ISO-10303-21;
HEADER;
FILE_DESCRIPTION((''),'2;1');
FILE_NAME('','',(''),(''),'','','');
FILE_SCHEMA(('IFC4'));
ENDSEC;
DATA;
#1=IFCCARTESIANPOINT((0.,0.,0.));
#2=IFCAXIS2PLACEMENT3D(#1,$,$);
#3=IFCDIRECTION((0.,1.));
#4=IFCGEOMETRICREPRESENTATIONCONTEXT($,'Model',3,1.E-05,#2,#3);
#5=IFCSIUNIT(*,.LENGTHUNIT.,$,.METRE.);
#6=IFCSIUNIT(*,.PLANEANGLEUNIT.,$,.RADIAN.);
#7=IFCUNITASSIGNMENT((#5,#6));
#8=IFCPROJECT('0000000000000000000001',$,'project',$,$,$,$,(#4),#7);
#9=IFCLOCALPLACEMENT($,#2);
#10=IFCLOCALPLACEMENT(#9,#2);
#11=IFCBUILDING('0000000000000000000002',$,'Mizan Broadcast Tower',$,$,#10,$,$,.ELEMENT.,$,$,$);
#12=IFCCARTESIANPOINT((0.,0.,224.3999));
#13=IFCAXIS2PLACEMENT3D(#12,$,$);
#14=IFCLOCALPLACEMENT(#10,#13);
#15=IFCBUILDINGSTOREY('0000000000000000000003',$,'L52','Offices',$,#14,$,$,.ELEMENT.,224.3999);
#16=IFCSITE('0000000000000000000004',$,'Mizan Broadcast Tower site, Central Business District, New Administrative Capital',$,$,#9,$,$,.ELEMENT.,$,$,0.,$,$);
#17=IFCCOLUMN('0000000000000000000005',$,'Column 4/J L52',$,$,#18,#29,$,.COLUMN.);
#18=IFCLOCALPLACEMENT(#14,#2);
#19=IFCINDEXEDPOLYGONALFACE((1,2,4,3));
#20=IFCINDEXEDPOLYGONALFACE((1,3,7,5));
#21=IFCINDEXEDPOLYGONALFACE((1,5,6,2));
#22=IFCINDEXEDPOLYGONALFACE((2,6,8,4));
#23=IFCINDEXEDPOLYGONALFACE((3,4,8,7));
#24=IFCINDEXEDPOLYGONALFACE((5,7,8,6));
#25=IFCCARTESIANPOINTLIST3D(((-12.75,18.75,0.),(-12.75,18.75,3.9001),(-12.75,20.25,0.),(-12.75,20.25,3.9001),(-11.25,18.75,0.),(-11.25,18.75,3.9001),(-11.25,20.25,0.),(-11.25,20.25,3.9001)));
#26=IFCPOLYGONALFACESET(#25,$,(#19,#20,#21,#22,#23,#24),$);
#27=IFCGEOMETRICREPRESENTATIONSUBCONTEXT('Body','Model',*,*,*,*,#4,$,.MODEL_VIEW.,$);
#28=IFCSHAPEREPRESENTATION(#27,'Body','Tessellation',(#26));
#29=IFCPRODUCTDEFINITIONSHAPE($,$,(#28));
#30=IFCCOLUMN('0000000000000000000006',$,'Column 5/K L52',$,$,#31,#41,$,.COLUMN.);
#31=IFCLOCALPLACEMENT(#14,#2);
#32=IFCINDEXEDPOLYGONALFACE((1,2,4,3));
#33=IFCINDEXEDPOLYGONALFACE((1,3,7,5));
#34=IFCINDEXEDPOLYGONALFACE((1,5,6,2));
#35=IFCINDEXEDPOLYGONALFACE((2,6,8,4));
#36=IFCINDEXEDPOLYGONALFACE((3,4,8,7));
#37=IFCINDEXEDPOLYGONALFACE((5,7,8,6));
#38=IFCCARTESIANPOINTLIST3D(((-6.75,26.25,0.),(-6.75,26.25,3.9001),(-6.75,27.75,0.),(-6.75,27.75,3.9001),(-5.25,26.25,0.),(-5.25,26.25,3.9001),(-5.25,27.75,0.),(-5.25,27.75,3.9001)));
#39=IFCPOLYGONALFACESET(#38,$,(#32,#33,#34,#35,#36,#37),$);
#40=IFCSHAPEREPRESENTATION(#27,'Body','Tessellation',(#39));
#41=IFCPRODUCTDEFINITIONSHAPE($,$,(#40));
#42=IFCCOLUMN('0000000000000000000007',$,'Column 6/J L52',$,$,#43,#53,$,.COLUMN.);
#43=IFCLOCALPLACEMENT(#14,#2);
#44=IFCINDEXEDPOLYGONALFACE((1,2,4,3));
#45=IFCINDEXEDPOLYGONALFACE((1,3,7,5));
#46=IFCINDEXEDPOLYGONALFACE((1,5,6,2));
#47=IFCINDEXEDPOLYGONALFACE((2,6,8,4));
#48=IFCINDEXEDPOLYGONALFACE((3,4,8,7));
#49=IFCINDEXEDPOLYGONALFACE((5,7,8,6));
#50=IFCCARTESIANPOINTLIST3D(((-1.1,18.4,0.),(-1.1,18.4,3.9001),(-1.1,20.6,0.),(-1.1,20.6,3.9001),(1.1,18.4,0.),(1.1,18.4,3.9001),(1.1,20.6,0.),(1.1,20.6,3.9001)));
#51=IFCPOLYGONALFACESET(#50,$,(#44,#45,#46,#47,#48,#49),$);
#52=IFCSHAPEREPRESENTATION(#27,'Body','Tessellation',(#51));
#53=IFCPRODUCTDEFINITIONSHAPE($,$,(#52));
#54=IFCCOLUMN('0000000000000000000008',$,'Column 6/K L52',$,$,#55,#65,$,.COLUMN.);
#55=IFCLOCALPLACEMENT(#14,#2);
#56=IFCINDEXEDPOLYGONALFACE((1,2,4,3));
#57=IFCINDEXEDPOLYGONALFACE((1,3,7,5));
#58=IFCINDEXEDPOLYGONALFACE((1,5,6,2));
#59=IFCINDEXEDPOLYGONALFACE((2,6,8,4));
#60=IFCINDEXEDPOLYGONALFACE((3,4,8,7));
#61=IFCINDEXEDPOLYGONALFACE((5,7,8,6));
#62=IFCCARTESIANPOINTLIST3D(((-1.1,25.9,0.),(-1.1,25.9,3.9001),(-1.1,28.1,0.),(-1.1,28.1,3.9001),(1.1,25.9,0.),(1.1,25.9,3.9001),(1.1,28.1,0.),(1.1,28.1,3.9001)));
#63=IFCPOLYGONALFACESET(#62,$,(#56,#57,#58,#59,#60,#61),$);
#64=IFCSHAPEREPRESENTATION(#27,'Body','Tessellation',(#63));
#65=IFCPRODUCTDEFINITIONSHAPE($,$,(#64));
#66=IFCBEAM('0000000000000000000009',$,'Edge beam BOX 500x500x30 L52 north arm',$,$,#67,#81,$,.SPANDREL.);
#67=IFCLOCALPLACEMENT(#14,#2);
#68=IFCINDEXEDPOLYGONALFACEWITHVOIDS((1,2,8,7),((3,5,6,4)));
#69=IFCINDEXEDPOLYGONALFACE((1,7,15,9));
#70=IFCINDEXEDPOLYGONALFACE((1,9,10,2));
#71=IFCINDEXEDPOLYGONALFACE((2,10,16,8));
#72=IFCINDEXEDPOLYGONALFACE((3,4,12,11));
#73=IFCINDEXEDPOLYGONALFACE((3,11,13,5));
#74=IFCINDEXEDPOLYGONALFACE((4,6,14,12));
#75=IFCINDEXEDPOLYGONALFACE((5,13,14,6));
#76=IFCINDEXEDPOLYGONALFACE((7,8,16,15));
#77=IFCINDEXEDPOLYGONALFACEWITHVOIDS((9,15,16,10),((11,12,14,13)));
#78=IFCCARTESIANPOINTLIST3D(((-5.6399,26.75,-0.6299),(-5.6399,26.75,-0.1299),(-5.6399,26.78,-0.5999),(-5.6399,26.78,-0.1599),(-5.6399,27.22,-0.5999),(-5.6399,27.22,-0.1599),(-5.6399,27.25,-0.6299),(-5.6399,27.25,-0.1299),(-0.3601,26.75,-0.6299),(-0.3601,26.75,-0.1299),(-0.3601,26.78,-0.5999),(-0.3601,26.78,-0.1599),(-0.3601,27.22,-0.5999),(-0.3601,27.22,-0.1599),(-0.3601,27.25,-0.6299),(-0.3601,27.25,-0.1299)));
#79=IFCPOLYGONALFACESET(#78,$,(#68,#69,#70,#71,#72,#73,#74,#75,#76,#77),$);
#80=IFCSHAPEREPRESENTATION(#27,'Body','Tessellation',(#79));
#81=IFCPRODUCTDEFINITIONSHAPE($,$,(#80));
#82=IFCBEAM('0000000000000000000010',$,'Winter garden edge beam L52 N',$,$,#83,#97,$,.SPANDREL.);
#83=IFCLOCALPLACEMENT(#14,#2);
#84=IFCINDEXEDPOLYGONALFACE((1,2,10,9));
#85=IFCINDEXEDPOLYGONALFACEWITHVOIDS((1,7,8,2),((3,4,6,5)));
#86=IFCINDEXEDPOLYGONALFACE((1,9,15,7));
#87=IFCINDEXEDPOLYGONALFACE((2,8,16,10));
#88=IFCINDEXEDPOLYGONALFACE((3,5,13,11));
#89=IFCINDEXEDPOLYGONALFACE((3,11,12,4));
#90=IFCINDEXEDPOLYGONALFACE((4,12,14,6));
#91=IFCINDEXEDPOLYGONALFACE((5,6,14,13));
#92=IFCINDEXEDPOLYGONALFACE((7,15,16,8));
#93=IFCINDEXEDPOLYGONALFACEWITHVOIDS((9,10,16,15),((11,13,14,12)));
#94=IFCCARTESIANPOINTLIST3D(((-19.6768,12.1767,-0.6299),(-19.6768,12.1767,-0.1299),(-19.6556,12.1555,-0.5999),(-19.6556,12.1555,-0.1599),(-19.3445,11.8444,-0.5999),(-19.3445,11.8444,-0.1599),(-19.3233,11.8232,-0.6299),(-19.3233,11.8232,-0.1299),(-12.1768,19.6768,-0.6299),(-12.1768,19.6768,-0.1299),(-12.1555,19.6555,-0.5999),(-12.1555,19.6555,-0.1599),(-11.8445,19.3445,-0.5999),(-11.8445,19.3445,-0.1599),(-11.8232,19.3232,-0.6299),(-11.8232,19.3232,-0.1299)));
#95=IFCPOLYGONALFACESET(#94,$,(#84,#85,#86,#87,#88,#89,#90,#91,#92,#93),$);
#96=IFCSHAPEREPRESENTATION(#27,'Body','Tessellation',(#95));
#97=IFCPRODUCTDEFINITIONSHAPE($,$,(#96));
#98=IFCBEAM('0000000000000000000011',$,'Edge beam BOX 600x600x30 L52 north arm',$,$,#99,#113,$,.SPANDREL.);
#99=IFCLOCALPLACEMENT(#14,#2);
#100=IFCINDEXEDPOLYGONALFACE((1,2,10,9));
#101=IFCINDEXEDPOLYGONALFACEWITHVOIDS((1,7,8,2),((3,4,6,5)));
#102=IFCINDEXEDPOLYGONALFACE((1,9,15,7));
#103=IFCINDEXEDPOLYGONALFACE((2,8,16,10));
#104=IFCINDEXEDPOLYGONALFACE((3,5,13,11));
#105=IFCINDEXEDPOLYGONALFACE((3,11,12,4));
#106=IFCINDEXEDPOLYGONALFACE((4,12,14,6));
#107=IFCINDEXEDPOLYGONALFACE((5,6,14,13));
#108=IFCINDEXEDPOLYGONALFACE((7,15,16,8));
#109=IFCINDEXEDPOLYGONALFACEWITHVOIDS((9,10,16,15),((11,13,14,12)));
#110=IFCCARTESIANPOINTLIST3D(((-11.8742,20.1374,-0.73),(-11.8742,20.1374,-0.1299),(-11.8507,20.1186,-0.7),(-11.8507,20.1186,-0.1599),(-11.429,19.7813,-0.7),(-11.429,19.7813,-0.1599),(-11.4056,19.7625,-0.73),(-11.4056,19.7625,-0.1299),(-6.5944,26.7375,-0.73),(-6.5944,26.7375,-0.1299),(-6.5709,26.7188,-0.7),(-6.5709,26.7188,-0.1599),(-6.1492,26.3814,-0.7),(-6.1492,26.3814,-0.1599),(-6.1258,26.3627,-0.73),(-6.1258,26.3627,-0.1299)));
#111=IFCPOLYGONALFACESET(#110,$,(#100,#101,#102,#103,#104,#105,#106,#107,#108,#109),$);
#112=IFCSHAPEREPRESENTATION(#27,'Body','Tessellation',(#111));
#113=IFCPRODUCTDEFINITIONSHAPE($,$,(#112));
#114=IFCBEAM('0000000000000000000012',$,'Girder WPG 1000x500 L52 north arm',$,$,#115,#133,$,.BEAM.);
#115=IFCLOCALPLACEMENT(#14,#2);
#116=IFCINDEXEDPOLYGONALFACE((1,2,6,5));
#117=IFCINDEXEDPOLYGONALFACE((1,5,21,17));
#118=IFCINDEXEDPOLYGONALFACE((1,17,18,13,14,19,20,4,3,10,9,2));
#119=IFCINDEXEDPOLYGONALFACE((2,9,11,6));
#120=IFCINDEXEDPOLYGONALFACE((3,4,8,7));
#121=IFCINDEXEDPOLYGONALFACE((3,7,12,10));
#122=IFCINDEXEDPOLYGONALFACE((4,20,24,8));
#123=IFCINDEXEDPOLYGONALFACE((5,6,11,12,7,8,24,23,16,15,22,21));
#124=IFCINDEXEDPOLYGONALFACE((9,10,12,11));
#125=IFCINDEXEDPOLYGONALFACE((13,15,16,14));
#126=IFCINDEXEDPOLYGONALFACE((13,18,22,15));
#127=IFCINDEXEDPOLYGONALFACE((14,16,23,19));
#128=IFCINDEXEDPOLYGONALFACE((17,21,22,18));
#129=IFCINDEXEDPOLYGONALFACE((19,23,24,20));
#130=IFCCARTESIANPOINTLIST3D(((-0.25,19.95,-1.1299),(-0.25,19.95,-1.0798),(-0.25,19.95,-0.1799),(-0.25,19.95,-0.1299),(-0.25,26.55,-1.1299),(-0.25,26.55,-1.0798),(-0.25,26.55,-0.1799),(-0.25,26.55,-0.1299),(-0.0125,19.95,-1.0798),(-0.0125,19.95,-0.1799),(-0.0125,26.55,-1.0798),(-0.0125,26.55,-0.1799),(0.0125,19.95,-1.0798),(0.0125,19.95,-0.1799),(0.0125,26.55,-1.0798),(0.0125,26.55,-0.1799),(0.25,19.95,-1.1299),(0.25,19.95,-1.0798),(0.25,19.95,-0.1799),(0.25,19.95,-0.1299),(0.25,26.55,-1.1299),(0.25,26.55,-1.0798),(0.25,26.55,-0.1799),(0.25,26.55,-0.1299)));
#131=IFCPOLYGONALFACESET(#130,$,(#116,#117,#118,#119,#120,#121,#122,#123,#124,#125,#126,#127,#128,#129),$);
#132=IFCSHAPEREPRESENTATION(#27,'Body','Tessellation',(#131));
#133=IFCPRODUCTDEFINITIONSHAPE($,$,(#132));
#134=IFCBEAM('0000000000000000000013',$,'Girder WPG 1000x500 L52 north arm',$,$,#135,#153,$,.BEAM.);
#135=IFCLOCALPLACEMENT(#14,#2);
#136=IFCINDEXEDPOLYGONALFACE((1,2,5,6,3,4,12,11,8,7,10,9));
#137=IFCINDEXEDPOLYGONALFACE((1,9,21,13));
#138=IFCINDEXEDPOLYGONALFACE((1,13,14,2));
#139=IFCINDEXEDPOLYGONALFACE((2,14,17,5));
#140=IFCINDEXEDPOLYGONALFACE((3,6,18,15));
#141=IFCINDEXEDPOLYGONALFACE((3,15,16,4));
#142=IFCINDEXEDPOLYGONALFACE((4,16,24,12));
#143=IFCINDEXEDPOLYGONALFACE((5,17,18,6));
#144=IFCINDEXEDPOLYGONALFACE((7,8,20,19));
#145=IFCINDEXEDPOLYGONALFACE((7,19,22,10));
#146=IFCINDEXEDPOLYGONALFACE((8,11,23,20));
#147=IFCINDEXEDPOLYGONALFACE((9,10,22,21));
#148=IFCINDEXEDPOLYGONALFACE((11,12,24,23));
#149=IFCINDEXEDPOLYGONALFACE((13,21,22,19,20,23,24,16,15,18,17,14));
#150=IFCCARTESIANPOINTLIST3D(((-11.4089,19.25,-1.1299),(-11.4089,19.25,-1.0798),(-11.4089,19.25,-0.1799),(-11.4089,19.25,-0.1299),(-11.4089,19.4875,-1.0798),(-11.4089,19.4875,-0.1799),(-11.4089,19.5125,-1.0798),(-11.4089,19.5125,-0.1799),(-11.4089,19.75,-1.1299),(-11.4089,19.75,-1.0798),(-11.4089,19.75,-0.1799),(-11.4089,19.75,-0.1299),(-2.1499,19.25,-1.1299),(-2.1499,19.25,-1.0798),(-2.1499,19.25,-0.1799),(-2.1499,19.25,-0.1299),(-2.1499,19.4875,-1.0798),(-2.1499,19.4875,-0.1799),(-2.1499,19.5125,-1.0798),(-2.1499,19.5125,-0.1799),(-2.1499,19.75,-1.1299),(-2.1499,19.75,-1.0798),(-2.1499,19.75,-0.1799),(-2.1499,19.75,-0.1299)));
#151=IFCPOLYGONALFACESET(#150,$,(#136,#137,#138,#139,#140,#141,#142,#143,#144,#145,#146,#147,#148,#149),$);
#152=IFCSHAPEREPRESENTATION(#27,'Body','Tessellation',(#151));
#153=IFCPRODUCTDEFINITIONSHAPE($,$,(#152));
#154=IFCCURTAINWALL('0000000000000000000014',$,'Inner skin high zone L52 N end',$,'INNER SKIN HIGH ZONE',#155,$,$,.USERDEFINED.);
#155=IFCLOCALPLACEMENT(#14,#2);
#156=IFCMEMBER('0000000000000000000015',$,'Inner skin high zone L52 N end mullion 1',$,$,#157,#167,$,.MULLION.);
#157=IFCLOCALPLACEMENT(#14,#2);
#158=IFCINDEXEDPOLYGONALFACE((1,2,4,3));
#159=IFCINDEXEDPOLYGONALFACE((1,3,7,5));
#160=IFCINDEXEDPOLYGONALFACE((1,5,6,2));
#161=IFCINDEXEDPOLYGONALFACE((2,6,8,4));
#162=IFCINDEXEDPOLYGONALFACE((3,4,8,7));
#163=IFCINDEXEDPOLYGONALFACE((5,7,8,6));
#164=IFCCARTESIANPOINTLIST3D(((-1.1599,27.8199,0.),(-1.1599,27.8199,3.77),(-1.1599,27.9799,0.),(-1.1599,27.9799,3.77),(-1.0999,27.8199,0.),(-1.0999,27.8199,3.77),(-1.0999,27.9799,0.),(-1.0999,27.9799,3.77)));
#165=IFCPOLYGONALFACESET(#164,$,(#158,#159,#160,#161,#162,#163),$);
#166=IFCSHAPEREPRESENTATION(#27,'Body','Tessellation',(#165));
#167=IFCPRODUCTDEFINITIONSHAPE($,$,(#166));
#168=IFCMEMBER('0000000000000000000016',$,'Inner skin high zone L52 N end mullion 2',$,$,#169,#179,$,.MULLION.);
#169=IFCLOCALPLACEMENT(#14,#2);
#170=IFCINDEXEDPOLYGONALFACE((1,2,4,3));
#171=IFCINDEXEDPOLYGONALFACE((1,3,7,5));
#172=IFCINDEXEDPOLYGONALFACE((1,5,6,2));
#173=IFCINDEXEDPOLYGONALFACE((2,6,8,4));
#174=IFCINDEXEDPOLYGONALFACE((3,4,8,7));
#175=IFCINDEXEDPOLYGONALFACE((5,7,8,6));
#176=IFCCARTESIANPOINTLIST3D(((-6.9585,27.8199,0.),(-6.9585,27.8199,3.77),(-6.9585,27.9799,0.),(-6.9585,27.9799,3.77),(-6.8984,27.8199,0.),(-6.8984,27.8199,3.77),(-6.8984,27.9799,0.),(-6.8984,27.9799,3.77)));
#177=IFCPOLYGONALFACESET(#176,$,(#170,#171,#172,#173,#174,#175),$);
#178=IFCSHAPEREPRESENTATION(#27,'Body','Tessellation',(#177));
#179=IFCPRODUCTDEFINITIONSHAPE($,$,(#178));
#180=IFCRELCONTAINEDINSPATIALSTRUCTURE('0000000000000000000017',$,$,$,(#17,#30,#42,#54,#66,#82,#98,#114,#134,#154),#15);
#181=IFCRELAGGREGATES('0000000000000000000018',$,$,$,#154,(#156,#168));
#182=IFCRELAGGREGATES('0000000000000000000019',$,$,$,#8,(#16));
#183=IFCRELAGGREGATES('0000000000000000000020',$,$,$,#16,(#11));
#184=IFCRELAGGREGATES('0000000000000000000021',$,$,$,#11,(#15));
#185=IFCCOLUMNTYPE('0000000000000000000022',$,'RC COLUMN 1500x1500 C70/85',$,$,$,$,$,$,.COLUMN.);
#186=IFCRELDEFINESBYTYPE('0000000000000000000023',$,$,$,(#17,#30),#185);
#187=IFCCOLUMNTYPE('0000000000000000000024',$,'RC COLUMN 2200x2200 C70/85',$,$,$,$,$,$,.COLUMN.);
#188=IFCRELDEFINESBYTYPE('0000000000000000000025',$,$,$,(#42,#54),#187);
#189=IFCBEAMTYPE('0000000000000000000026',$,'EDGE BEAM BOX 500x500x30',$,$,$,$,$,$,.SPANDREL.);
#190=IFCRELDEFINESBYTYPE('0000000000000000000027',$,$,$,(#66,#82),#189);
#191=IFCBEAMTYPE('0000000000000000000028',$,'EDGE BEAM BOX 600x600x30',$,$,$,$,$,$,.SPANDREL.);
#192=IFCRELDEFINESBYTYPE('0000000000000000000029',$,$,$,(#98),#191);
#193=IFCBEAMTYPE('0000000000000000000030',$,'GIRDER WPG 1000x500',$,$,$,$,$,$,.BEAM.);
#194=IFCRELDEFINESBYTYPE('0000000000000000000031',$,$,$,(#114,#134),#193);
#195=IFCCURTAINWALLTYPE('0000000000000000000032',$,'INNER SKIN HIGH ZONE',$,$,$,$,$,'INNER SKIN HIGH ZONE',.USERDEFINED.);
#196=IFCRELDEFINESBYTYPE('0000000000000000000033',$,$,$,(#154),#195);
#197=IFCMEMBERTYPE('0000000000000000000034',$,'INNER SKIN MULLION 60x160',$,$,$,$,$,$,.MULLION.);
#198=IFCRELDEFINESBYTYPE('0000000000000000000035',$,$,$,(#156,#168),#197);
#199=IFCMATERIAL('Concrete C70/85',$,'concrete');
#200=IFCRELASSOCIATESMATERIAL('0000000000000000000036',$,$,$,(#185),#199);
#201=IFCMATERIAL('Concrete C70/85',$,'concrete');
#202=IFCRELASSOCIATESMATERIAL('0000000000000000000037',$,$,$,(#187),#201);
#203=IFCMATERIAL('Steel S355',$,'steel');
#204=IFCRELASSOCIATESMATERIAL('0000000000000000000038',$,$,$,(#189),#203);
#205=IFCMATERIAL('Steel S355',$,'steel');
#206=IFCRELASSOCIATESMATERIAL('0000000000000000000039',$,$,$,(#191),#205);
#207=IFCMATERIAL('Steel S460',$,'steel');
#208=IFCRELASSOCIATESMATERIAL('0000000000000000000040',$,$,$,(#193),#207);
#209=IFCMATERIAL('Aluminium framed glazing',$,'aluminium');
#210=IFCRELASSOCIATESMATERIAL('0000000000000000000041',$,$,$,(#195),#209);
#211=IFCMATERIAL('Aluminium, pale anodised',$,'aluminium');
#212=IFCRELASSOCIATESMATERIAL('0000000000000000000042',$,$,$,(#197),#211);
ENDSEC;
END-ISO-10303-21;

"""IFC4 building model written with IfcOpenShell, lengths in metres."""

from ifc_helpers import new_model, si_unit, direction, frame, origin, origin_2d, place, context, subcontext, project, spatial, rectangle, hollow_rectangle, i_section, extrude, material, material_profile, profile_set, type_object, element, aggregate, save


model = new_model("IFC4")

# Units and contexts
model_context = context("Model", 3, precision=1e-05, world=origin(), true_north=direction((0.0, 1.0)))
body_context = subcontext(model_context, "Body", "Model", "MODEL_VIEW")
ifc_project = project(units=[si_unit("LENGTHUNIT", "METRE"), si_unit("PLANEANGLEUNIT", "RADIAN")], contexts=[model_context])

# Site, building, storey
site_placement = place(None, origin())
site = spatial("IfcSite", under=ifc_project, at=site_placement, Name="Mizan Broadcast Tower site, Central Business District, New Administrative Capital", CompositionType="ELEMENT", RefElevation=0.0)
building_placement = place(site_placement, origin())
building = spatial("IfcBuilding", under=site, at=building_placement, Name="Mizan Broadcast Tower", CompositionType="ELEMENT")
storey_placement = place(building_placement, frame((0.0, 0.0, 224.3999)))
storey = spatial("IfcBuildingStorey", under=building, at=storey_placement, Name="L52", Description="Offices", CompositionType="ELEMENT", Elevation=224.3999)

# Columns
ifc_material_1 = material(Name="Concrete C70/85", Category="concrete")
ifc_material_profile_1 = material_profile(ifc_material_1, rectangle(XDim=1.5, YDim=1.5, at=origin_2d()), Name="RC 1500x1500")
ifc_profile_set_1 = profile_set([ifc_material_profile_1], Name="Concrete C70/85")
column_type_1 = type_object("IfcColumnType", Name="RC COLUMN 1500x1500 C70/85", PredefinedType="COLUMN", material=ifc_profile_set_1)
for number, where, z_axis, x_axis, name in (
    (1, (-12.0, 19.5, 0.0), (0.0, 0.0, 1.0), (1.0, 0.0, 0.0), "Column 4/J L52"),
    (2, (-6.0, 27.0, 0.0), (0.0, 0.0, 1.0), (1.0, 0.0, 0.0), "Column 5/K L52"),
):
    element("IfcColumn", number, at=place(storey_placement, frame(where, z_axis=z_axis, x_axis=x_axis)), inside=storey, type_object=column_type_1, Name=name, PredefinedType="COLUMN", context=body_context, shape_type="SweptSolid", body=[
        extrude(rectangle(XDim=1.5, YDim=1.5, at=origin_2d()), origin(), (0.0, 0.0, 1.0), 3.9001),
    ])
ifc_material_2 = material(Name="Concrete C70/85", Category="concrete")
ifc_material_profile_2 = material_profile(ifc_material_2, rectangle(XDim=2.2, YDim=2.2, at=origin_2d()), Name="RC 2200x2200")
ifc_profile_set_2 = profile_set([ifc_material_profile_2], Name="Concrete C70/85")
column_type_2 = type_object("IfcColumnType", Name="RC COLUMN 2200x2200 C70/85", PredefinedType="COLUMN", material=ifc_profile_set_2)
for number, where, z_axis, x_axis, name in (
    (3, (0.0, 19.5, 0.0), (0.0, 0.0, 1.0), (1.0, 0.0, 0.0), "Column 6/J L52"),
    (4, (0.0, 27.0, 0.0), (0.0, 0.0, 1.0), (1.0, 0.0, 0.0), "Column 6/K L52"),
):
    element("IfcColumn", number, at=place(storey_placement, frame(where, z_axis=z_axis, x_axis=x_axis)), inside=storey, type_object=column_type_2, Name=name, PredefinedType="COLUMN", context=body_context, shape_type="SweptSolid", body=[
        extrude(rectangle(XDim=2.2, YDim=2.2, at=origin_2d()), origin(), (0.0, 0.0, 1.0), 3.9001),
    ])

# Beams
ifc_material_3 = material(Name="Steel S355", Category="steel")
ifc_material_profile_3 = material_profile(ifc_material_3, hollow_rectangle(XDim=0.5, YDim=0.5, WallThickness=0.03, at=origin_2d()), Name="BOX 500x500x30")
ifc_profile_set_3 = profile_set([ifc_material_profile_3], Name="Steel S355")
beam_type_1 = type_object("IfcBeamType", Name="EDGE BEAM BOX 500x500x30", PredefinedType="SPANDREL", material=ifc_profile_set_3)
beam_1_placement = place(storey_placement, frame((-5.6399, 27.0, -0.3799), z_axis=(1.0, 0.0, 0.0), x_axis=(0.0, 1.0, 0.0)))
element("IfcBeam", 5, at=beam_1_placement, inside=storey, type_object=beam_type_1, Name="Edge beam BOX 500x500x30 L52 north arm", PredefinedType="SPANDREL", context=body_context, shape_type="SweptSolid", body=[
    extrude(hollow_rectangle(XDim=0.5, YDim=0.5, WallThickness=0.03, at=origin_2d()), origin(), (0.0, 0.0, 1.0), 5.2798),
])
beam_2_placement = place(storey_placement, frame((-12.0, 19.5, -0.3799), z_axis=(-0.707107, -0.707107, 0.0), x_axis=(0.707107, -0.707107, 0.0)))
element("IfcBeam", 6, at=beam_2_placement, inside=storey, type_object=beam_type_1, Name="Winter garden edge beam L52 N", PredefinedType="SPANDREL", context=body_context, shape_type="SweptSolid", body=[
    extrude(hollow_rectangle(XDim=0.5, YDim=0.5, WallThickness=0.03, at=origin_2d()), origin(), (0.0, 0.0, 1.0), 10.6067),
])
ifc_material_4 = material(Name="Steel S355", Category="steel")
ifc_material_profile_4 = material_profile(ifc_material_4, hollow_rectangle(XDim=0.6001, YDim=0.6001, WallThickness=0.03, at=origin_2d()), Name="BOX 600x600x30")
ifc_profile_set_4 = profile_set([ifc_material_profile_4], Name="Steel S355")
beam_type_2 = type_object("IfcBeamType", Name="EDGE BEAM BOX 600x600x30", PredefinedType="SPANDREL", material=ifc_profile_set_4)
beam_3_placement = place(storey_placement, frame((-11.6399, 19.95, -0.4299), z_axis=(0.624674, 0.780886, 0.0), x_axis=(-0.780886, 0.624674, 0.0)))
element("IfcBeam", 7, at=beam_3_placement, inside=storey, type_object=beam_type_2, Name="Edge beam BOX 600x600x30 L52 north arm", PredefinedType="SPANDREL", context=body_context, shape_type="SweptSolid", body=[
    extrude(hollow_rectangle(XDim=0.6001, YDim=0.6001, WallThickness=0.03, at=origin_2d()), origin(), (0.0, 0.0, 1.0), 8.4521),
])
ifc_material_5 = material(Name="Steel S460", Category="steel")
ifc_material_profile_5 = material_profile(ifc_material_5, i_section(OverallWidth=0.5, OverallDepth=1.0, WebThickness=0.0249, FlangeThickness=0.05, at=origin_2d()), Name="WPG 1000x500")
ifc_profile_set_5 = profile_set([ifc_material_profile_5], Name="Steel S460")
beam_type_3 = type_object("IfcBeamType", Name="GIRDER WPG 1000x500", PredefinedType="BEAM", material=ifc_profile_set_5)
beam_4_placement = place(storey_placement, frame((0.0, 19.95, -0.6299), z_axis=(0.0, 1.0, 0.0), x_axis=(-1.0, 0.0, 0.0)))
element("IfcBeam", 8, at=beam_4_placement, inside=storey, type_object=beam_type_3, Name="Girder WPG 1000x500 L52 north arm", PredefinedType="BEAM", context=body_context, shape_type="SweptSolid", body=[
    extrude(i_section(OverallWidth=0.5, OverallDepth=1.0, WebThickness=0.0249, FlangeThickness=0.05, at=origin_2d()), origin(), (0.0, 0.0, 1.0), 6.6001),
])
beam_5_placement = place(storey_placement, frame((-11.4089, 19.5, -0.6299), z_axis=(1.0, 0.0, 0.0), x_axis=(0.0, 1.0, 0.0)))
element("IfcBeam", 9, at=beam_5_placement, inside=storey, type_object=beam_type_3, Name="Girder WPG 1000x500 L52 north arm", PredefinedType="BEAM", context=body_context, shape_type="SweptSolid", body=[
    extrude(i_section(OverallWidth=0.5, OverallDepth=1.0, WebThickness=0.0249, FlangeThickness=0.05, at=origin_2d()), origin(), (0.0, 0.0, 1.0), 9.259),
])

# Curtain wall, members
ifc_material_6 = material(Name="Aluminium framed glazing", Category="aluminium")
curtain_wall_type_1 = type_object("IfcCurtainWallType", Name="INNER SKIN HIGH ZONE", ElementType="INNER SKIN HIGH ZONE", PredefinedType="USERDEFINED", material=ifc_material_6)
curtain_wall_1_placement = place(storey_placement, origin())
curtain_wall_1 = element("IfcCurtainWall", 10, at=curtain_wall_1_placement, inside=storey, type_object=curtain_wall_type_1, Name="Inner skin high zone L52 N end", ObjectType="INNER SKIN HIGH ZONE", PredefinedType="USERDEFINED")
ifc_material_7 = material(Name="Aluminium, pale anodised", Category="aluminium")
ifc_material_profile_6 = material_profile(ifc_material_7, rectangle(XDim=0.1599, YDim=0.0601, at=origin_2d()), Name="MULLION 160x60")
ifc_profile_set_6 = profile_set([ifc_material_profile_6], Name="Aluminium, pale anodised")
member_type_1 = type_object("IfcMemberType", Name="INNER SKIN MULLION 60x160", PredefinedType="MULLION", material=ifc_profile_set_6)
member_1_placement = place(storey_placement, frame((-1.1299, 27.8999, 0.0), z_axis=(0.0, 0.0, 1.0), x_axis=(0.0, -1.0, 0.0)))
member_1 = element("IfcMember", 11, at=member_1_placement, type_object=member_type_1, Name="Inner skin high zone L52 N end mullion 1", PredefinedType="MULLION", context=body_context, shape_type="SweptSolid", body=[
    extrude(rectangle(XDim=0.1599, YDim=0.0601, at=origin_2d()), origin(), (0.0, 0.0, 1.0), 3.77),
])
member_2_placement = place(storey_placement, frame((-6.9285, 27.8999, 0.0), z_axis=(0.0, 0.0, 1.0), x_axis=(0.0, -1.0, 0.0)))
member_2 = element("IfcMember", 12, at=member_2_placement, type_object=member_type_1, Name="Inner skin high zone L52 N end mullion 2", PredefinedType="MULLION", context=body_context, shape_type="SweptSolid", body=[
    extrude(rectangle(XDim=0.1599, YDim=0.0601, at=origin_2d()), origin(), (0.0, 0.0, 1.0), 3.77),
])

aggregate(curtain_wall_1, [member_1, member_2])

save(model, "model.ifc")
